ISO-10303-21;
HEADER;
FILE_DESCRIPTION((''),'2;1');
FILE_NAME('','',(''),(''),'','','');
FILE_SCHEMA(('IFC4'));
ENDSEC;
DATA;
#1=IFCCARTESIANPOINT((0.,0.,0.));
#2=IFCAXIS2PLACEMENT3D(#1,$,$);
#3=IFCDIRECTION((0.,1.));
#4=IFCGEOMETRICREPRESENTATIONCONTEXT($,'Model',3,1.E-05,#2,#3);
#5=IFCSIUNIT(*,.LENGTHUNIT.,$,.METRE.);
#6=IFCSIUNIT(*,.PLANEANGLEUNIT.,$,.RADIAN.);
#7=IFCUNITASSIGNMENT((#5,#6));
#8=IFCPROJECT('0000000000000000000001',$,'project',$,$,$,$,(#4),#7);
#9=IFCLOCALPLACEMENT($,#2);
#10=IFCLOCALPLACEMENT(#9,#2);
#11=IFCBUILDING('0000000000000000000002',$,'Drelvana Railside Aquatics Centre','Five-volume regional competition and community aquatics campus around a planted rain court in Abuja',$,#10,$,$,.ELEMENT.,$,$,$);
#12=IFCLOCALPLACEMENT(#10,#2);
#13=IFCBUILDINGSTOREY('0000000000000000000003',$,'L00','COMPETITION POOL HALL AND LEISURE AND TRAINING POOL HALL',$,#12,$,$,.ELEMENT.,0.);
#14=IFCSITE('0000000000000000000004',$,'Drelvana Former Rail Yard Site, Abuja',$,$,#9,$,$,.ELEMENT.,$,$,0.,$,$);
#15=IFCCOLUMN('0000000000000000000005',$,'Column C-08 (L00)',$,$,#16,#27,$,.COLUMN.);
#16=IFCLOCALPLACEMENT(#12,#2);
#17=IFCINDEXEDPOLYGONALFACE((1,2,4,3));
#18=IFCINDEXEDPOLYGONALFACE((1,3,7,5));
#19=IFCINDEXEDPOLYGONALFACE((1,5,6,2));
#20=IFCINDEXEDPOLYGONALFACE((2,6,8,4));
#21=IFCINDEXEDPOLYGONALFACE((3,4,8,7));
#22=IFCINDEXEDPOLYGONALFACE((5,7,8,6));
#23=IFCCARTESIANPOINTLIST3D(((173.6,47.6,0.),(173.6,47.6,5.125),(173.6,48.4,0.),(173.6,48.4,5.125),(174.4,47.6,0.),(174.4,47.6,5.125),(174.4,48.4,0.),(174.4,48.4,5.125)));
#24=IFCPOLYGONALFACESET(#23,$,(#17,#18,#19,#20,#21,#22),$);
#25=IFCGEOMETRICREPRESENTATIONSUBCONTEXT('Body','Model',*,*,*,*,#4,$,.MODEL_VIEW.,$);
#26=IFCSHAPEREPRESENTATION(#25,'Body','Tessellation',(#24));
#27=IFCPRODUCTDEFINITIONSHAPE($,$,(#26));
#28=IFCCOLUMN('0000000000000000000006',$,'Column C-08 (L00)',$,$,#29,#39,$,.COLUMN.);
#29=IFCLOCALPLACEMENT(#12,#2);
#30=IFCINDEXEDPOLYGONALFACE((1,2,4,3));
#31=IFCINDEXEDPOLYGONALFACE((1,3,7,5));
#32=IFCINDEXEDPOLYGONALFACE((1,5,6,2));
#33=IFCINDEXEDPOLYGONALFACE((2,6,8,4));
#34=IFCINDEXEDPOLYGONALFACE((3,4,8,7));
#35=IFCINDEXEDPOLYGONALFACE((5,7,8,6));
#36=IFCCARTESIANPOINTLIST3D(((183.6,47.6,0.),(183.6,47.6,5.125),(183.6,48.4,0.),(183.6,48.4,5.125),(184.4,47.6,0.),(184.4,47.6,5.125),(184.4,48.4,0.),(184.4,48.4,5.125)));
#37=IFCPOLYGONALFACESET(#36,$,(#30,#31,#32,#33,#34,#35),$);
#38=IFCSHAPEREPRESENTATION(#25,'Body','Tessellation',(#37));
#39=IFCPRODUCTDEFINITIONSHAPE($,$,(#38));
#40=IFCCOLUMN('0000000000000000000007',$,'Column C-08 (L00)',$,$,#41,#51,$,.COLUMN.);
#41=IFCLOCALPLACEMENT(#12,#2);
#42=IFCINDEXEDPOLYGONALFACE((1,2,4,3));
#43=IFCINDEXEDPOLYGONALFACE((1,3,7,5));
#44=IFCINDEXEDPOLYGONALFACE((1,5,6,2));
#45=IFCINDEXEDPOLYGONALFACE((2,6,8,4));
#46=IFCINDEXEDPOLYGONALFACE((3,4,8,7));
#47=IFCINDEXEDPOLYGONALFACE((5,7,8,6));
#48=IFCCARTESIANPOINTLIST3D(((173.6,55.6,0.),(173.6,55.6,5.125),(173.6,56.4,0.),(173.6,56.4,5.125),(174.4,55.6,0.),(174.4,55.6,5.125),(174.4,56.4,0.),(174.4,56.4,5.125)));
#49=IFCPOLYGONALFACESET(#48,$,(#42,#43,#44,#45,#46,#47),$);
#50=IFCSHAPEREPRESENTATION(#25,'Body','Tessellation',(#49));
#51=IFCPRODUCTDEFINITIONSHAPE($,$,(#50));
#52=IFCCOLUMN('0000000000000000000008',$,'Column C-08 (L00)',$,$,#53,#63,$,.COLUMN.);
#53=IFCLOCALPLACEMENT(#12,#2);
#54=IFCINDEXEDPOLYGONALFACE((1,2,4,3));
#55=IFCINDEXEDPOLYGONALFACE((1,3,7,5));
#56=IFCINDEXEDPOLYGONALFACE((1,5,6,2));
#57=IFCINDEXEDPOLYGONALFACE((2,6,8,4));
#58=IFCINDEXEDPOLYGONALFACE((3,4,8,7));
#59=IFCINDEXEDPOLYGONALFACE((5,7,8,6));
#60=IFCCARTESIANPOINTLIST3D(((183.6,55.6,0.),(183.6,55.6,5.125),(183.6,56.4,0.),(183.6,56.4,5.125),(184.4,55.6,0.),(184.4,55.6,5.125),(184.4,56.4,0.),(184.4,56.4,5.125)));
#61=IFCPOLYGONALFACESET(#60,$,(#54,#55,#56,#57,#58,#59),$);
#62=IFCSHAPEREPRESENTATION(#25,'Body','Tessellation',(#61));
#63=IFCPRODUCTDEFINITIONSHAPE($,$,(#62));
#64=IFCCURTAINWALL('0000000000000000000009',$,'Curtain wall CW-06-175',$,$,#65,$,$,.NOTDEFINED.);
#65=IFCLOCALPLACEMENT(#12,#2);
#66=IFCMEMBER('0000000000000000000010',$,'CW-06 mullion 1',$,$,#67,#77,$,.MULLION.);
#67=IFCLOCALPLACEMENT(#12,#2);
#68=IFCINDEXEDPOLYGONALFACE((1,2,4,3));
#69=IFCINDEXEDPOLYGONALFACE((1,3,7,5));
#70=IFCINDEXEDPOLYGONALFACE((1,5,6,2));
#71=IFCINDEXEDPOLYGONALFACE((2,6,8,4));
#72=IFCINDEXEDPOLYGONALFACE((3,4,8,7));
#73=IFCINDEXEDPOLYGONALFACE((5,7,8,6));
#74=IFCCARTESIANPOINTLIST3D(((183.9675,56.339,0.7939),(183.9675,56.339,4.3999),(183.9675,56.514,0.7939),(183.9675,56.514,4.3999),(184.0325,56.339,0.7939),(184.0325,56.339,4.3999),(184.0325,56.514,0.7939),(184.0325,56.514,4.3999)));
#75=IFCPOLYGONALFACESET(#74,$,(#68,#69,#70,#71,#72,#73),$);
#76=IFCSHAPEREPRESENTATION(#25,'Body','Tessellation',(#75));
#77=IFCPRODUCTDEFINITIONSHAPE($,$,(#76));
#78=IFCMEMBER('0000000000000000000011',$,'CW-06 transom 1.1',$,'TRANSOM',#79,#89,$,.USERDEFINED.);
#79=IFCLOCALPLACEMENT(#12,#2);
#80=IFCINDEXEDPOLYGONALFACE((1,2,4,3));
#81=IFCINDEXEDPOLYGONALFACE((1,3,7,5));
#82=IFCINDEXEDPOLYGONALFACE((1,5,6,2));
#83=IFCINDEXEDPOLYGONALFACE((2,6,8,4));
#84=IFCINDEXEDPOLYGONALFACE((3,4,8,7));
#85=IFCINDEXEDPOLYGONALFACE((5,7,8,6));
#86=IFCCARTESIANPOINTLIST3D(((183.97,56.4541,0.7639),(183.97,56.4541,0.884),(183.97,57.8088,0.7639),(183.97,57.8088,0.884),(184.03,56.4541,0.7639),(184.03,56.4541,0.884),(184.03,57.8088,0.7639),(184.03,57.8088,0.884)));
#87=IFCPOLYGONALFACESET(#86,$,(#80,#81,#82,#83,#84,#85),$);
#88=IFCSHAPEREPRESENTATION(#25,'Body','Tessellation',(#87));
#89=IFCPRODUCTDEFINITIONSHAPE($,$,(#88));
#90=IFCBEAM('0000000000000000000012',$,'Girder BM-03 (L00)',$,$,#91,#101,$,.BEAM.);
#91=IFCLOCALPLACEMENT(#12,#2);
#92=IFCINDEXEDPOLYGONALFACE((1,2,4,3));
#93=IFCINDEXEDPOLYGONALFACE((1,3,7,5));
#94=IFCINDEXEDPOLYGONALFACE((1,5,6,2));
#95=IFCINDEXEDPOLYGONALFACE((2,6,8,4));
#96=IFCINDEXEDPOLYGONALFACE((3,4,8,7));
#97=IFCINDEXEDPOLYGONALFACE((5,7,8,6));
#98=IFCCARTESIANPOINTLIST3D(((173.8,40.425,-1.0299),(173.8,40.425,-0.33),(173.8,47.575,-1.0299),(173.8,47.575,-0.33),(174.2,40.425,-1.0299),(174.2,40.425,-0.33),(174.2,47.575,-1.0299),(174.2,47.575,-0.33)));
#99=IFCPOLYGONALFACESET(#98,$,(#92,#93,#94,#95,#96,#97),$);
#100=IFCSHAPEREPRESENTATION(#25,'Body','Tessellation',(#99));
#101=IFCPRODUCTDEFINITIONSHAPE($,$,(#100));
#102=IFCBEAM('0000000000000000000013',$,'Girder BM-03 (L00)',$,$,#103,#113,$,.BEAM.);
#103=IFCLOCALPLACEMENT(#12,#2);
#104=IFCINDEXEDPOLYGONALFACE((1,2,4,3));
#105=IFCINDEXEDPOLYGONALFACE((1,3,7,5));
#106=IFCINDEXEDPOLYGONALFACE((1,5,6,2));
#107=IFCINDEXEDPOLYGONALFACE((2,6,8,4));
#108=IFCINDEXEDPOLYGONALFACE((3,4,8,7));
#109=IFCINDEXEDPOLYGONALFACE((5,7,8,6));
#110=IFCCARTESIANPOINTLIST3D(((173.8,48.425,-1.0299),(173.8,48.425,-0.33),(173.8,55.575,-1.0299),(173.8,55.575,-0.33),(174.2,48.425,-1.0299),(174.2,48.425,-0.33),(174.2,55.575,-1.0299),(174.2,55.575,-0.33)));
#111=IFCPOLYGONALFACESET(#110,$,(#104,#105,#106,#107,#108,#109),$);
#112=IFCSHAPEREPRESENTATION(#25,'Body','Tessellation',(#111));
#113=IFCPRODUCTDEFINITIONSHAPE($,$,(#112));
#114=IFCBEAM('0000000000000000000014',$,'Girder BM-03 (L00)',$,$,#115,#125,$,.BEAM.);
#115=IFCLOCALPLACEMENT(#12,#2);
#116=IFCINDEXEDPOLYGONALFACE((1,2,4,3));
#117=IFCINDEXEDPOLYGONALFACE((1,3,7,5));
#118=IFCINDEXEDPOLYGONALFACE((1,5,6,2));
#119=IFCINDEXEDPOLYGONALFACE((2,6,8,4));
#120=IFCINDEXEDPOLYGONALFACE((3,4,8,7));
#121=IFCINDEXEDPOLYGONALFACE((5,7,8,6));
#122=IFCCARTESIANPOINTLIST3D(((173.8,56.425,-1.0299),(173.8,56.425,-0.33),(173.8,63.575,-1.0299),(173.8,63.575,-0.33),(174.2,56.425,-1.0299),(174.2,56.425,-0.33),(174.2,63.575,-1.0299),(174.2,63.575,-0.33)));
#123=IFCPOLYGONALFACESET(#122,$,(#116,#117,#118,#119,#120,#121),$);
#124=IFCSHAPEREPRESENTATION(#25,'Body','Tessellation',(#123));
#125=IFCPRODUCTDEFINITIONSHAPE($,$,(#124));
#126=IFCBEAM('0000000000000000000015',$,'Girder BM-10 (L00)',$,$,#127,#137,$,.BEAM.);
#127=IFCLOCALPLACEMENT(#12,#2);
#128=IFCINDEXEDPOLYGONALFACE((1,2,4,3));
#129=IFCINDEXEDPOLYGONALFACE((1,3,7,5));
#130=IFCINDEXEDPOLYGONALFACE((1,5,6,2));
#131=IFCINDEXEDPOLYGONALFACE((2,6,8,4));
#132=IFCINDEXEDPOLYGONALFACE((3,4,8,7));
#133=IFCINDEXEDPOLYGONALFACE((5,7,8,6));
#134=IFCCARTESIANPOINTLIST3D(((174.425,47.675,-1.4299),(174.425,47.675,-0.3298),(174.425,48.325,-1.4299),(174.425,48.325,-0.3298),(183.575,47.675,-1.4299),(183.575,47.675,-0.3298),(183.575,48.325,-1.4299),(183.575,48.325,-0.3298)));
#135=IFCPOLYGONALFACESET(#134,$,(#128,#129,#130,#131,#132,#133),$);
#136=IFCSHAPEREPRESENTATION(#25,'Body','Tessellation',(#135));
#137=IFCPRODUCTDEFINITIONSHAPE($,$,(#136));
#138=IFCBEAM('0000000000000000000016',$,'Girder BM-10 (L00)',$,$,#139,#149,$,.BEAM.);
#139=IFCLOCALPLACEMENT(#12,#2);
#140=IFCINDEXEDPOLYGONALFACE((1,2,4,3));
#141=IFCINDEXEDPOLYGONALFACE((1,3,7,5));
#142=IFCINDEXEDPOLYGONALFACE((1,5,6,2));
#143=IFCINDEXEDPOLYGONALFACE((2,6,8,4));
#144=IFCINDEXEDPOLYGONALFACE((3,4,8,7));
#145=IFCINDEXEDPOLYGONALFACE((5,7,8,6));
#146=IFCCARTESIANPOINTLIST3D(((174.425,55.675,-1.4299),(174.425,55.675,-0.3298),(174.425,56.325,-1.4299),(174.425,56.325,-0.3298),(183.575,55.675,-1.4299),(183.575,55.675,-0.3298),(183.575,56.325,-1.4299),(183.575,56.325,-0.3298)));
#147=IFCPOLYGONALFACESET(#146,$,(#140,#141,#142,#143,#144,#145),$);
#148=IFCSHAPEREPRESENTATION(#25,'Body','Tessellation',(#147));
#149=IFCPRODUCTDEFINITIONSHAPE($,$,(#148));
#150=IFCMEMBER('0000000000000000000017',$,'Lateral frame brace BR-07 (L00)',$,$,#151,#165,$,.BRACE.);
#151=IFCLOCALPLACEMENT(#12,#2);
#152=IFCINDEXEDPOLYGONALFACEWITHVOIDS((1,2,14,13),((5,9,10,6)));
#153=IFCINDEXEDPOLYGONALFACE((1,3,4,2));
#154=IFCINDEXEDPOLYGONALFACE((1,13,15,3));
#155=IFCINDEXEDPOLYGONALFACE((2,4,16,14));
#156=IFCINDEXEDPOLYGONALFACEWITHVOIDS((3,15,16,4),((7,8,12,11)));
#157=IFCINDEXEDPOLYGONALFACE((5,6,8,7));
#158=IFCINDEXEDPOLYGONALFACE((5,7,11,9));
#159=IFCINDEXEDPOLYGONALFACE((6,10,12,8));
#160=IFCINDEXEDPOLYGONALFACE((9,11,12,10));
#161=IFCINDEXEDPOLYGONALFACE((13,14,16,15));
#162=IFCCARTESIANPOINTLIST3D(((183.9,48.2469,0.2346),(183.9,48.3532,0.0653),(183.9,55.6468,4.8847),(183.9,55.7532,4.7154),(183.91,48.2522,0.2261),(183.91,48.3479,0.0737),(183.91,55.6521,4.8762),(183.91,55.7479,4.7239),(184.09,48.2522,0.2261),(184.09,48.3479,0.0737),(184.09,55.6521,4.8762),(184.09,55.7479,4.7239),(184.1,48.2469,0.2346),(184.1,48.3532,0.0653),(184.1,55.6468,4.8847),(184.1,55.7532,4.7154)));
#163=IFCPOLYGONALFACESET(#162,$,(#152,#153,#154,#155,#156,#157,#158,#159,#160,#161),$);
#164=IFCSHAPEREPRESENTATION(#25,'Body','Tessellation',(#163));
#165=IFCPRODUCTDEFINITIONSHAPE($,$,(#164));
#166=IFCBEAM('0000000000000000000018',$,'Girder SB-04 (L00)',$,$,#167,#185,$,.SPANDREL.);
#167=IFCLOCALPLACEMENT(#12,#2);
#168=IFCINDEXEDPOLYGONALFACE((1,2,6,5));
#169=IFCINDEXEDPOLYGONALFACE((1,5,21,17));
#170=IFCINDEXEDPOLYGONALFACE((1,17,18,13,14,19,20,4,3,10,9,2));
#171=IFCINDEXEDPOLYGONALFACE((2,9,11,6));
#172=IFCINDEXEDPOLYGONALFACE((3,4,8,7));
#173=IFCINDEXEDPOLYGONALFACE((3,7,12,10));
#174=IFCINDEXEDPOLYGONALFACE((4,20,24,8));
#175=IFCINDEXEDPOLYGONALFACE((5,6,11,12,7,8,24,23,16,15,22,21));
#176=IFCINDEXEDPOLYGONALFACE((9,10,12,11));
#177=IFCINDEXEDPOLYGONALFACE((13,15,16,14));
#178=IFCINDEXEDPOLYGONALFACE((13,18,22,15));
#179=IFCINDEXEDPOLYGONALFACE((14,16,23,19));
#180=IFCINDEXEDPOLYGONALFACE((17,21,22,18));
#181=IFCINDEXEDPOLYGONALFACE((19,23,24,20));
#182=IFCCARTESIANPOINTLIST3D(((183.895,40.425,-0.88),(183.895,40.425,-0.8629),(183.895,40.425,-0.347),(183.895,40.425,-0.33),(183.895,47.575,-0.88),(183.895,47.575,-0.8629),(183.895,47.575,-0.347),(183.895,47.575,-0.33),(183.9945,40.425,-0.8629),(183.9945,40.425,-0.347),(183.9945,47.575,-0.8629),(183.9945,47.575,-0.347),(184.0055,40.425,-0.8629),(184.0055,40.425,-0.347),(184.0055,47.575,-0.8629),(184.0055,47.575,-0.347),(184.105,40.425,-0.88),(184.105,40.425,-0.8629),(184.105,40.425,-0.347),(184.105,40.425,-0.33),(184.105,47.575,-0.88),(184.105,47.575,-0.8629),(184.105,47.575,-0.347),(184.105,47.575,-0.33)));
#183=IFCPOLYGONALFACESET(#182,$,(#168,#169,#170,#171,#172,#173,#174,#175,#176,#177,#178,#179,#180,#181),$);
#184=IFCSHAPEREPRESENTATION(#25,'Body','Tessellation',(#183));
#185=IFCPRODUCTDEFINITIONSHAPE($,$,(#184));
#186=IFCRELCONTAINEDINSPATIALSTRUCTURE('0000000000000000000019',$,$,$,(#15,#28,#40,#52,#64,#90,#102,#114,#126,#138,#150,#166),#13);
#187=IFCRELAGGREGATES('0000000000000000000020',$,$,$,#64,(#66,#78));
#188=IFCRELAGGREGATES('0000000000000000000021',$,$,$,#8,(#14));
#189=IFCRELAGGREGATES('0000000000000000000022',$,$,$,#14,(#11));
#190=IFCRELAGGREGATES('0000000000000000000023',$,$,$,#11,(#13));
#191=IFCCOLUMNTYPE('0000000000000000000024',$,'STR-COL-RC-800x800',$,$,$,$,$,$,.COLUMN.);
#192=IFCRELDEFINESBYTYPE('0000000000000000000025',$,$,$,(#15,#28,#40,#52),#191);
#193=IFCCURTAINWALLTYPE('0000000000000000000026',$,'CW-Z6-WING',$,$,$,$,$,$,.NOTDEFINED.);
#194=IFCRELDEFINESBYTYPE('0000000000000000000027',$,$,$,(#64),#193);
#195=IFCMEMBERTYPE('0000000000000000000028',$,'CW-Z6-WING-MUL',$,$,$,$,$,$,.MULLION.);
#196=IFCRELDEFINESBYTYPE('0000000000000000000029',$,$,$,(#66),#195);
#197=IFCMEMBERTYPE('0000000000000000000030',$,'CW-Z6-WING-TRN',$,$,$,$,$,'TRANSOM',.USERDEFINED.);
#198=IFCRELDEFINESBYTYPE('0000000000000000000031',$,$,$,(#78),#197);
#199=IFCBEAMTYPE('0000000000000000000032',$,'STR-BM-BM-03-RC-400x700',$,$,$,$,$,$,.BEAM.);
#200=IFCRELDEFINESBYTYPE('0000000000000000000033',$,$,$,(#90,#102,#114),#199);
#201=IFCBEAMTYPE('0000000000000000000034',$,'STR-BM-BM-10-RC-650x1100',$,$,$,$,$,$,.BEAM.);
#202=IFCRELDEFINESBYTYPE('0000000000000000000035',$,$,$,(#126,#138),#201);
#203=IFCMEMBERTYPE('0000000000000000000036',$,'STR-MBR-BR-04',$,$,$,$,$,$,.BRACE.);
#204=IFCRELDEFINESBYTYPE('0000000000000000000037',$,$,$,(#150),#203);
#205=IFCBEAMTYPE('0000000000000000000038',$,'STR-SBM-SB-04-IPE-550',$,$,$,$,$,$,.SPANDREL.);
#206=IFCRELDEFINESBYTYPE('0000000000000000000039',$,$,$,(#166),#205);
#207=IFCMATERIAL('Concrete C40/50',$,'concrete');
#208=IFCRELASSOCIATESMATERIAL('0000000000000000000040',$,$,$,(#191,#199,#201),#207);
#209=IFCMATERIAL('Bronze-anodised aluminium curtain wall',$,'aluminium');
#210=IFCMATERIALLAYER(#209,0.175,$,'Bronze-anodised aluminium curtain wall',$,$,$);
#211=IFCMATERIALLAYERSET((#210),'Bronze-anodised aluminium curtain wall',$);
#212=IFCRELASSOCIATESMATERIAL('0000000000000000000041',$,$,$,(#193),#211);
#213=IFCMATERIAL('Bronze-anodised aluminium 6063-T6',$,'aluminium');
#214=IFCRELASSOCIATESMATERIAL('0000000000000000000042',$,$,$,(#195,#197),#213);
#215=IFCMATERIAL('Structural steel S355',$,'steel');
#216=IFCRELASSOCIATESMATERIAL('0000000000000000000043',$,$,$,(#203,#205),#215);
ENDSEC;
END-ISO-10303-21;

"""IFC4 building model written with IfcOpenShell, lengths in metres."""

from ifc_helpers import new_model, si_unit, direction, frame, origin, origin_2d, place, context, subcontext, project, spatial, rectangle, hollow_rectangle, i_section, extrude, material, layer, layer_set, material_profile, profile_set, type_object, element, aggregate, save


model = new_model("IFC4")

# Units and contexts
model_context = context("Model", 3, precision=1e-05, world=origin(), true_north=direction((0.0, 1.0)))
body_context = subcontext(model_context, "Body", "Model", "MODEL_VIEW")
ifc_project = project(units=[si_unit("LENGTHUNIT", "METRE"), si_unit("PLANEANGLEUNIT", "RADIAN")], contexts=[model_context])

# Site, building, storey
site_placement = place(None, origin())
site = spatial("IfcSite", under=ifc_project, at=site_placement, Name="Drelvana Former Rail Yard Site, Abuja", CompositionType="ELEMENT", RefElevation=0.0)
building_placement = place(site_placement, origin())
building = spatial("IfcBuilding", under=site, at=building_placement, Name="Drelvana Railside Aquatics Centre", Description="Five-volume regional competition and community aquatics campus around a planted rain court in Abuja", CompositionType="ELEMENT")
storey_placement = place(building_placement, origin())
storey = spatial("IfcBuildingStorey", under=building, at=storey_placement, Name="L00", Description="COMPETITION POOL HALL AND LEISURE AND TRAINING POOL HALL", CompositionType="ELEMENT", Elevation=0.0)

# Columns
ifc_material_1 = material(Name="Concrete C40/50", Category="concrete")
ifc_material_profile_1 = material_profile(ifc_material_1, rectangle(XDim=0.8, YDim=0.8, at=origin_2d()), Name="RC 800x800")
ifc_profile_set_1 = profile_set([ifc_material_profile_1], Name="Concrete C40/50")
column_type = type_object("IfcColumnType", Name="STR-COL-RC-800x800", PredefinedType="COLUMN", material=ifc_profile_set_1)
for number, where, z_axis, x_axis, name in (
    (1, (174.0, 48.0, 0.0), (0.0, 0.0, 1.0), (1.0, 0.0, 0.0), "Column C-08 (L00)"),
    (2, (184.0, 48.0, 0.0), (0.0, 0.0, 1.0), (1.0, 0.0, 0.0), "Column C-08 (L00)"),
    (3, (174.0, 56.0, 0.0), (0.0, 0.0, 1.0), (1.0, 0.0, 0.0), "Column C-08 (L00)"),
    (4, (184.0, 56.0, 0.0), (0.0, 0.0, 1.0), (1.0, 0.0, 0.0), "Column C-08 (L00)"),
):
    element("IfcColumn", number, at=place(storey_placement, frame(where, z_axis=z_axis, x_axis=x_axis)), inside=storey, type_object=column_type, Name=name, PredefinedType="COLUMN", context=body_context, shape_type="SweptSolid", body=[
        extrude(rectangle(XDim=0.8, YDim=0.8, at=origin_2d()), origin(), (0.0, 0.0, 1.0), 5.125),
    ])

# Curtain wall, members
ifc_material_2 = material(Name="Bronze-anodised aluminium curtain wall", Category="aluminium")
ifc_layer_1 = layer(ifc_material_2, 0.175, Name="Bronze-anodised aluminium curtain wall")
ifc_layer_set_1 = layer_set([ifc_layer_1], Name="Bronze-anodised aluminium curtain wall")
curtain_wall_type = type_object("IfcCurtainWallType", Name="CW-Z6-WING", PredefinedType="NOTDEFINED", material=ifc_layer_set_1)
curtain_wall_placement = place(storey_placement, origin())
curtain_wall = element("IfcCurtainWall", 5, at=curtain_wall_placement, inside=storey, type_object=curtain_wall_type, Name="Curtain wall CW-06-175", PredefinedType="NOTDEFINED")
ifc_material_3 = material(Name="Bronze-anodised aluminium 6063-T6", Category="aluminium")
ifc_material_profile_2 = material_profile(ifc_material_3, rectangle(XDim=0.0649, YDim=0.175, at=origin_2d()), Name="ALU-M 65x175")
ifc_profile_set_2 = profile_set([ifc_material_profile_2], Name="Bronze-anodised aluminium 6063-T6")
member_type_1 = type_object("IfcMemberType", Name="CW-Z6-WING-MUL", PredefinedType="MULLION", material=ifc_profile_set_2)
member_1_placement = place(storey_placement, frame((184.0, 56.4265, 0.7939), z_axis=(0.0, 0.0, 1.0), x_axis=(-1.0, 0.0, 0.0)))
member_1 = element("IfcMember", 6, at=member_1_placement, type_object=member_type_1, Name="CW-06 mullion 1", PredefinedType="MULLION", context=body_context, shape_type="SweptSolid", body=[
    extrude(rectangle(XDim=0.0649, YDim=0.175, at=origin_2d()), origin(), (0.0, 0.0, 1.0), 3.606),
])
ifc_material_profile_3 = material_profile(ifc_material_3, rectangle(XDim=0.1201, YDim=0.0601, at=origin_2d()), Name="ALU-T 60x120")
ifc_profile_set_3 = profile_set([ifc_material_profile_3], Name="Bronze-anodised aluminium 6063-T6")
member_type_2 = type_object("IfcMemberType", Name="CW-Z6-WING-TRN", ElementType="TRANSOM", PredefinedType="USERDEFINED", material=ifc_profile_set_3)
member_2_placement = place(storey_placement, frame((184.0, 56.4541, 0.824), z_axis=(0.0, 1.0, 0.0), x_axis=(0.0, 0.0, 1.0)))
member_2 = element("IfcMember", 7, at=member_2_placement, type_object=member_type_2, Name="CW-06 transom 1.1", ObjectType="TRANSOM", PredefinedType="USERDEFINED", context=body_context, shape_type="SweptSolid", body=[
    extrude(rectangle(XDim=0.1201, YDim=0.0601, at=origin_2d()), origin(), (0.0, 0.0, 1.0), 1.3547),
])
aggregate(curtain_wall, [member_1, member_2])

# Beams
ifc_material_profile_4 = material_profile(ifc_material_1, rectangle(XDim=0.3999, YDim=0.7, at=origin_2d()), Name="RC 400x700")
ifc_profile_set_4 = profile_set([ifc_material_profile_4], Name="Concrete C40/50")
beam_type_1 = type_object("IfcBeamType", Name="STR-BM-BM-03-RC-400x700", PredefinedType="BEAM", material=ifc_profile_set_4)
for number, where, z_axis, x_axis, name in (
    (8, (174.0, 40.425, -0.6799), (0.0, 1.0, 0.0), (-1.0, 0.0, 0.0), "Girder BM-03 (L00)"),
    (9, (174.0, 48.425, -0.6799), (0.0, 1.0, 0.0), (-1.0, 0.0, 0.0), "Girder BM-03 (L00)"),
    (10, (174.0, 56.425, -0.6799), (0.0, 1.0, 0.0), (-1.0, 0.0, 0.0), "Girder BM-03 (L00)"),
):
    element("IfcBeam", number, at=place(storey_placement, frame(where, z_axis=z_axis, x_axis=x_axis)), inside=storey, type_object=beam_type_1, Name=name, PredefinedType="BEAM", context=body_context, shape_type="SweptSolid", body=[
        extrude(rectangle(XDim=0.3999, YDim=0.7, at=origin_2d()), origin(), (0.0, 0.0, 1.0), 7.1499),
    ])
ifc_material_profile_5 = material_profile(ifc_material_1, rectangle(XDim=0.6499, YDim=1.1001, at=origin_2d()), Name="RC 650x1100")
ifc_profile_set_5 = profile_set([ifc_material_profile_5], Name="Concrete C40/50")
beam_type_2 = type_object("IfcBeamType", Name="STR-BM-BM-10-RC-650x1100", PredefinedType="BEAM", material=ifc_profile_set_5)
for number, where, z_axis, x_axis, name in (
    (11, (174.425, 48.0, -0.8799), (1.0, 0.0, 0.0), (0.0, 1.0, 0.0), "Girder BM-10 (L00)"),
    (12, (174.425, 56.0, -0.8799), (1.0, 0.0, 0.0), (0.0, 1.0, 0.0), "Girder BM-10 (L00)"),
):
    element("IfcBeam", number, at=place(storey_placement, frame(where, z_axis=z_axis, x_axis=x_axis)), inside=storey, type_object=beam_type_2, Name=name, PredefinedType="BEAM", context=body_context, shape_type="SweptSolid", body=[
        extrude(rectangle(XDim=0.6499, YDim=1.1001, at=origin_2d()), origin(), (0.0, 0.0, 1.0), 9.1499),
    ])

# Member
ifc_material_4 = material(Name="Structural steel S355", Category="steel")
ifc_material_profile_6 = material_profile(ifc_material_4, hollow_rectangle(XDim=0.2, YDim=0.2, WallThickness=0.01, at=origin_2d()), Name="SHS 200x200x10")
ifc_profile_set_6 = profile_set([ifc_material_profile_6], Name="Structural steel S355")
member_type_3 = type_object("IfcMemberType", Name="STR-MBR-BR-04", PredefinedType="BRACE", material=ifc_profile_set_6)
member_3_placement = place(storey_placement, frame((184.0, 48.3, 0.1499), z_axis=(0.0, 0.846699, 0.532071), x_axis=(-1.0, 0.0, 0.0)))
element("IfcMember", 13, at=member_3_placement, inside=storey, type_object=member_type_3, Name="Lateral frame brace BR-07 (L00)", PredefinedType="BRACE", context=body_context, shape_type="SweptSolid", body=[
    extrude(hollow_rectangle(XDim=0.2, YDim=0.2, WallThickness=0.01, at=origin_2d()), origin(), (0.0, 0.0, 1.0), 8.7397),
])

# Beam
ifc_material_profile_7 = material_profile(ifc_material_4, i_section(OverallWidth=0.21, OverallDepth=0.55, WebThickness=0.011, FlangeThickness=0.0171, at=origin_2d()), Name="IPE 550")
ifc_profile_set_7 = profile_set([ifc_material_profile_7], Name="Structural steel S355")
beam_type_3 = type_object("IfcBeamType", Name="STR-SBM-SB-04-IPE-550", PredefinedType="SPANDREL", material=ifc_profile_set_7)
for number, where, z_axis, x_axis, name in (
    (14, (184.0, 40.425, -0.605), (0.0, 1.0, 0.0), (-1.0, 0.0, 0.0), "Girder SB-04 (L00)"),
):
    element("IfcBeam", number, at=place(storey_placement, frame(where, z_axis=z_axis, x_axis=x_axis)), inside=storey, type_object=beam_type_3, Name=name, PredefinedType="SPANDREL", context=body_context, shape_type="SweptSolid", body=[
        extrude(i_section(OverallWidth=0.21, OverallDepth=0.55, WebThickness=0.011, FlangeThickness=0.0171, at=origin_2d()), origin(), (0.0, 0.0, 1.0), 7.1499),
    ])

save(model, "model.ifc")
